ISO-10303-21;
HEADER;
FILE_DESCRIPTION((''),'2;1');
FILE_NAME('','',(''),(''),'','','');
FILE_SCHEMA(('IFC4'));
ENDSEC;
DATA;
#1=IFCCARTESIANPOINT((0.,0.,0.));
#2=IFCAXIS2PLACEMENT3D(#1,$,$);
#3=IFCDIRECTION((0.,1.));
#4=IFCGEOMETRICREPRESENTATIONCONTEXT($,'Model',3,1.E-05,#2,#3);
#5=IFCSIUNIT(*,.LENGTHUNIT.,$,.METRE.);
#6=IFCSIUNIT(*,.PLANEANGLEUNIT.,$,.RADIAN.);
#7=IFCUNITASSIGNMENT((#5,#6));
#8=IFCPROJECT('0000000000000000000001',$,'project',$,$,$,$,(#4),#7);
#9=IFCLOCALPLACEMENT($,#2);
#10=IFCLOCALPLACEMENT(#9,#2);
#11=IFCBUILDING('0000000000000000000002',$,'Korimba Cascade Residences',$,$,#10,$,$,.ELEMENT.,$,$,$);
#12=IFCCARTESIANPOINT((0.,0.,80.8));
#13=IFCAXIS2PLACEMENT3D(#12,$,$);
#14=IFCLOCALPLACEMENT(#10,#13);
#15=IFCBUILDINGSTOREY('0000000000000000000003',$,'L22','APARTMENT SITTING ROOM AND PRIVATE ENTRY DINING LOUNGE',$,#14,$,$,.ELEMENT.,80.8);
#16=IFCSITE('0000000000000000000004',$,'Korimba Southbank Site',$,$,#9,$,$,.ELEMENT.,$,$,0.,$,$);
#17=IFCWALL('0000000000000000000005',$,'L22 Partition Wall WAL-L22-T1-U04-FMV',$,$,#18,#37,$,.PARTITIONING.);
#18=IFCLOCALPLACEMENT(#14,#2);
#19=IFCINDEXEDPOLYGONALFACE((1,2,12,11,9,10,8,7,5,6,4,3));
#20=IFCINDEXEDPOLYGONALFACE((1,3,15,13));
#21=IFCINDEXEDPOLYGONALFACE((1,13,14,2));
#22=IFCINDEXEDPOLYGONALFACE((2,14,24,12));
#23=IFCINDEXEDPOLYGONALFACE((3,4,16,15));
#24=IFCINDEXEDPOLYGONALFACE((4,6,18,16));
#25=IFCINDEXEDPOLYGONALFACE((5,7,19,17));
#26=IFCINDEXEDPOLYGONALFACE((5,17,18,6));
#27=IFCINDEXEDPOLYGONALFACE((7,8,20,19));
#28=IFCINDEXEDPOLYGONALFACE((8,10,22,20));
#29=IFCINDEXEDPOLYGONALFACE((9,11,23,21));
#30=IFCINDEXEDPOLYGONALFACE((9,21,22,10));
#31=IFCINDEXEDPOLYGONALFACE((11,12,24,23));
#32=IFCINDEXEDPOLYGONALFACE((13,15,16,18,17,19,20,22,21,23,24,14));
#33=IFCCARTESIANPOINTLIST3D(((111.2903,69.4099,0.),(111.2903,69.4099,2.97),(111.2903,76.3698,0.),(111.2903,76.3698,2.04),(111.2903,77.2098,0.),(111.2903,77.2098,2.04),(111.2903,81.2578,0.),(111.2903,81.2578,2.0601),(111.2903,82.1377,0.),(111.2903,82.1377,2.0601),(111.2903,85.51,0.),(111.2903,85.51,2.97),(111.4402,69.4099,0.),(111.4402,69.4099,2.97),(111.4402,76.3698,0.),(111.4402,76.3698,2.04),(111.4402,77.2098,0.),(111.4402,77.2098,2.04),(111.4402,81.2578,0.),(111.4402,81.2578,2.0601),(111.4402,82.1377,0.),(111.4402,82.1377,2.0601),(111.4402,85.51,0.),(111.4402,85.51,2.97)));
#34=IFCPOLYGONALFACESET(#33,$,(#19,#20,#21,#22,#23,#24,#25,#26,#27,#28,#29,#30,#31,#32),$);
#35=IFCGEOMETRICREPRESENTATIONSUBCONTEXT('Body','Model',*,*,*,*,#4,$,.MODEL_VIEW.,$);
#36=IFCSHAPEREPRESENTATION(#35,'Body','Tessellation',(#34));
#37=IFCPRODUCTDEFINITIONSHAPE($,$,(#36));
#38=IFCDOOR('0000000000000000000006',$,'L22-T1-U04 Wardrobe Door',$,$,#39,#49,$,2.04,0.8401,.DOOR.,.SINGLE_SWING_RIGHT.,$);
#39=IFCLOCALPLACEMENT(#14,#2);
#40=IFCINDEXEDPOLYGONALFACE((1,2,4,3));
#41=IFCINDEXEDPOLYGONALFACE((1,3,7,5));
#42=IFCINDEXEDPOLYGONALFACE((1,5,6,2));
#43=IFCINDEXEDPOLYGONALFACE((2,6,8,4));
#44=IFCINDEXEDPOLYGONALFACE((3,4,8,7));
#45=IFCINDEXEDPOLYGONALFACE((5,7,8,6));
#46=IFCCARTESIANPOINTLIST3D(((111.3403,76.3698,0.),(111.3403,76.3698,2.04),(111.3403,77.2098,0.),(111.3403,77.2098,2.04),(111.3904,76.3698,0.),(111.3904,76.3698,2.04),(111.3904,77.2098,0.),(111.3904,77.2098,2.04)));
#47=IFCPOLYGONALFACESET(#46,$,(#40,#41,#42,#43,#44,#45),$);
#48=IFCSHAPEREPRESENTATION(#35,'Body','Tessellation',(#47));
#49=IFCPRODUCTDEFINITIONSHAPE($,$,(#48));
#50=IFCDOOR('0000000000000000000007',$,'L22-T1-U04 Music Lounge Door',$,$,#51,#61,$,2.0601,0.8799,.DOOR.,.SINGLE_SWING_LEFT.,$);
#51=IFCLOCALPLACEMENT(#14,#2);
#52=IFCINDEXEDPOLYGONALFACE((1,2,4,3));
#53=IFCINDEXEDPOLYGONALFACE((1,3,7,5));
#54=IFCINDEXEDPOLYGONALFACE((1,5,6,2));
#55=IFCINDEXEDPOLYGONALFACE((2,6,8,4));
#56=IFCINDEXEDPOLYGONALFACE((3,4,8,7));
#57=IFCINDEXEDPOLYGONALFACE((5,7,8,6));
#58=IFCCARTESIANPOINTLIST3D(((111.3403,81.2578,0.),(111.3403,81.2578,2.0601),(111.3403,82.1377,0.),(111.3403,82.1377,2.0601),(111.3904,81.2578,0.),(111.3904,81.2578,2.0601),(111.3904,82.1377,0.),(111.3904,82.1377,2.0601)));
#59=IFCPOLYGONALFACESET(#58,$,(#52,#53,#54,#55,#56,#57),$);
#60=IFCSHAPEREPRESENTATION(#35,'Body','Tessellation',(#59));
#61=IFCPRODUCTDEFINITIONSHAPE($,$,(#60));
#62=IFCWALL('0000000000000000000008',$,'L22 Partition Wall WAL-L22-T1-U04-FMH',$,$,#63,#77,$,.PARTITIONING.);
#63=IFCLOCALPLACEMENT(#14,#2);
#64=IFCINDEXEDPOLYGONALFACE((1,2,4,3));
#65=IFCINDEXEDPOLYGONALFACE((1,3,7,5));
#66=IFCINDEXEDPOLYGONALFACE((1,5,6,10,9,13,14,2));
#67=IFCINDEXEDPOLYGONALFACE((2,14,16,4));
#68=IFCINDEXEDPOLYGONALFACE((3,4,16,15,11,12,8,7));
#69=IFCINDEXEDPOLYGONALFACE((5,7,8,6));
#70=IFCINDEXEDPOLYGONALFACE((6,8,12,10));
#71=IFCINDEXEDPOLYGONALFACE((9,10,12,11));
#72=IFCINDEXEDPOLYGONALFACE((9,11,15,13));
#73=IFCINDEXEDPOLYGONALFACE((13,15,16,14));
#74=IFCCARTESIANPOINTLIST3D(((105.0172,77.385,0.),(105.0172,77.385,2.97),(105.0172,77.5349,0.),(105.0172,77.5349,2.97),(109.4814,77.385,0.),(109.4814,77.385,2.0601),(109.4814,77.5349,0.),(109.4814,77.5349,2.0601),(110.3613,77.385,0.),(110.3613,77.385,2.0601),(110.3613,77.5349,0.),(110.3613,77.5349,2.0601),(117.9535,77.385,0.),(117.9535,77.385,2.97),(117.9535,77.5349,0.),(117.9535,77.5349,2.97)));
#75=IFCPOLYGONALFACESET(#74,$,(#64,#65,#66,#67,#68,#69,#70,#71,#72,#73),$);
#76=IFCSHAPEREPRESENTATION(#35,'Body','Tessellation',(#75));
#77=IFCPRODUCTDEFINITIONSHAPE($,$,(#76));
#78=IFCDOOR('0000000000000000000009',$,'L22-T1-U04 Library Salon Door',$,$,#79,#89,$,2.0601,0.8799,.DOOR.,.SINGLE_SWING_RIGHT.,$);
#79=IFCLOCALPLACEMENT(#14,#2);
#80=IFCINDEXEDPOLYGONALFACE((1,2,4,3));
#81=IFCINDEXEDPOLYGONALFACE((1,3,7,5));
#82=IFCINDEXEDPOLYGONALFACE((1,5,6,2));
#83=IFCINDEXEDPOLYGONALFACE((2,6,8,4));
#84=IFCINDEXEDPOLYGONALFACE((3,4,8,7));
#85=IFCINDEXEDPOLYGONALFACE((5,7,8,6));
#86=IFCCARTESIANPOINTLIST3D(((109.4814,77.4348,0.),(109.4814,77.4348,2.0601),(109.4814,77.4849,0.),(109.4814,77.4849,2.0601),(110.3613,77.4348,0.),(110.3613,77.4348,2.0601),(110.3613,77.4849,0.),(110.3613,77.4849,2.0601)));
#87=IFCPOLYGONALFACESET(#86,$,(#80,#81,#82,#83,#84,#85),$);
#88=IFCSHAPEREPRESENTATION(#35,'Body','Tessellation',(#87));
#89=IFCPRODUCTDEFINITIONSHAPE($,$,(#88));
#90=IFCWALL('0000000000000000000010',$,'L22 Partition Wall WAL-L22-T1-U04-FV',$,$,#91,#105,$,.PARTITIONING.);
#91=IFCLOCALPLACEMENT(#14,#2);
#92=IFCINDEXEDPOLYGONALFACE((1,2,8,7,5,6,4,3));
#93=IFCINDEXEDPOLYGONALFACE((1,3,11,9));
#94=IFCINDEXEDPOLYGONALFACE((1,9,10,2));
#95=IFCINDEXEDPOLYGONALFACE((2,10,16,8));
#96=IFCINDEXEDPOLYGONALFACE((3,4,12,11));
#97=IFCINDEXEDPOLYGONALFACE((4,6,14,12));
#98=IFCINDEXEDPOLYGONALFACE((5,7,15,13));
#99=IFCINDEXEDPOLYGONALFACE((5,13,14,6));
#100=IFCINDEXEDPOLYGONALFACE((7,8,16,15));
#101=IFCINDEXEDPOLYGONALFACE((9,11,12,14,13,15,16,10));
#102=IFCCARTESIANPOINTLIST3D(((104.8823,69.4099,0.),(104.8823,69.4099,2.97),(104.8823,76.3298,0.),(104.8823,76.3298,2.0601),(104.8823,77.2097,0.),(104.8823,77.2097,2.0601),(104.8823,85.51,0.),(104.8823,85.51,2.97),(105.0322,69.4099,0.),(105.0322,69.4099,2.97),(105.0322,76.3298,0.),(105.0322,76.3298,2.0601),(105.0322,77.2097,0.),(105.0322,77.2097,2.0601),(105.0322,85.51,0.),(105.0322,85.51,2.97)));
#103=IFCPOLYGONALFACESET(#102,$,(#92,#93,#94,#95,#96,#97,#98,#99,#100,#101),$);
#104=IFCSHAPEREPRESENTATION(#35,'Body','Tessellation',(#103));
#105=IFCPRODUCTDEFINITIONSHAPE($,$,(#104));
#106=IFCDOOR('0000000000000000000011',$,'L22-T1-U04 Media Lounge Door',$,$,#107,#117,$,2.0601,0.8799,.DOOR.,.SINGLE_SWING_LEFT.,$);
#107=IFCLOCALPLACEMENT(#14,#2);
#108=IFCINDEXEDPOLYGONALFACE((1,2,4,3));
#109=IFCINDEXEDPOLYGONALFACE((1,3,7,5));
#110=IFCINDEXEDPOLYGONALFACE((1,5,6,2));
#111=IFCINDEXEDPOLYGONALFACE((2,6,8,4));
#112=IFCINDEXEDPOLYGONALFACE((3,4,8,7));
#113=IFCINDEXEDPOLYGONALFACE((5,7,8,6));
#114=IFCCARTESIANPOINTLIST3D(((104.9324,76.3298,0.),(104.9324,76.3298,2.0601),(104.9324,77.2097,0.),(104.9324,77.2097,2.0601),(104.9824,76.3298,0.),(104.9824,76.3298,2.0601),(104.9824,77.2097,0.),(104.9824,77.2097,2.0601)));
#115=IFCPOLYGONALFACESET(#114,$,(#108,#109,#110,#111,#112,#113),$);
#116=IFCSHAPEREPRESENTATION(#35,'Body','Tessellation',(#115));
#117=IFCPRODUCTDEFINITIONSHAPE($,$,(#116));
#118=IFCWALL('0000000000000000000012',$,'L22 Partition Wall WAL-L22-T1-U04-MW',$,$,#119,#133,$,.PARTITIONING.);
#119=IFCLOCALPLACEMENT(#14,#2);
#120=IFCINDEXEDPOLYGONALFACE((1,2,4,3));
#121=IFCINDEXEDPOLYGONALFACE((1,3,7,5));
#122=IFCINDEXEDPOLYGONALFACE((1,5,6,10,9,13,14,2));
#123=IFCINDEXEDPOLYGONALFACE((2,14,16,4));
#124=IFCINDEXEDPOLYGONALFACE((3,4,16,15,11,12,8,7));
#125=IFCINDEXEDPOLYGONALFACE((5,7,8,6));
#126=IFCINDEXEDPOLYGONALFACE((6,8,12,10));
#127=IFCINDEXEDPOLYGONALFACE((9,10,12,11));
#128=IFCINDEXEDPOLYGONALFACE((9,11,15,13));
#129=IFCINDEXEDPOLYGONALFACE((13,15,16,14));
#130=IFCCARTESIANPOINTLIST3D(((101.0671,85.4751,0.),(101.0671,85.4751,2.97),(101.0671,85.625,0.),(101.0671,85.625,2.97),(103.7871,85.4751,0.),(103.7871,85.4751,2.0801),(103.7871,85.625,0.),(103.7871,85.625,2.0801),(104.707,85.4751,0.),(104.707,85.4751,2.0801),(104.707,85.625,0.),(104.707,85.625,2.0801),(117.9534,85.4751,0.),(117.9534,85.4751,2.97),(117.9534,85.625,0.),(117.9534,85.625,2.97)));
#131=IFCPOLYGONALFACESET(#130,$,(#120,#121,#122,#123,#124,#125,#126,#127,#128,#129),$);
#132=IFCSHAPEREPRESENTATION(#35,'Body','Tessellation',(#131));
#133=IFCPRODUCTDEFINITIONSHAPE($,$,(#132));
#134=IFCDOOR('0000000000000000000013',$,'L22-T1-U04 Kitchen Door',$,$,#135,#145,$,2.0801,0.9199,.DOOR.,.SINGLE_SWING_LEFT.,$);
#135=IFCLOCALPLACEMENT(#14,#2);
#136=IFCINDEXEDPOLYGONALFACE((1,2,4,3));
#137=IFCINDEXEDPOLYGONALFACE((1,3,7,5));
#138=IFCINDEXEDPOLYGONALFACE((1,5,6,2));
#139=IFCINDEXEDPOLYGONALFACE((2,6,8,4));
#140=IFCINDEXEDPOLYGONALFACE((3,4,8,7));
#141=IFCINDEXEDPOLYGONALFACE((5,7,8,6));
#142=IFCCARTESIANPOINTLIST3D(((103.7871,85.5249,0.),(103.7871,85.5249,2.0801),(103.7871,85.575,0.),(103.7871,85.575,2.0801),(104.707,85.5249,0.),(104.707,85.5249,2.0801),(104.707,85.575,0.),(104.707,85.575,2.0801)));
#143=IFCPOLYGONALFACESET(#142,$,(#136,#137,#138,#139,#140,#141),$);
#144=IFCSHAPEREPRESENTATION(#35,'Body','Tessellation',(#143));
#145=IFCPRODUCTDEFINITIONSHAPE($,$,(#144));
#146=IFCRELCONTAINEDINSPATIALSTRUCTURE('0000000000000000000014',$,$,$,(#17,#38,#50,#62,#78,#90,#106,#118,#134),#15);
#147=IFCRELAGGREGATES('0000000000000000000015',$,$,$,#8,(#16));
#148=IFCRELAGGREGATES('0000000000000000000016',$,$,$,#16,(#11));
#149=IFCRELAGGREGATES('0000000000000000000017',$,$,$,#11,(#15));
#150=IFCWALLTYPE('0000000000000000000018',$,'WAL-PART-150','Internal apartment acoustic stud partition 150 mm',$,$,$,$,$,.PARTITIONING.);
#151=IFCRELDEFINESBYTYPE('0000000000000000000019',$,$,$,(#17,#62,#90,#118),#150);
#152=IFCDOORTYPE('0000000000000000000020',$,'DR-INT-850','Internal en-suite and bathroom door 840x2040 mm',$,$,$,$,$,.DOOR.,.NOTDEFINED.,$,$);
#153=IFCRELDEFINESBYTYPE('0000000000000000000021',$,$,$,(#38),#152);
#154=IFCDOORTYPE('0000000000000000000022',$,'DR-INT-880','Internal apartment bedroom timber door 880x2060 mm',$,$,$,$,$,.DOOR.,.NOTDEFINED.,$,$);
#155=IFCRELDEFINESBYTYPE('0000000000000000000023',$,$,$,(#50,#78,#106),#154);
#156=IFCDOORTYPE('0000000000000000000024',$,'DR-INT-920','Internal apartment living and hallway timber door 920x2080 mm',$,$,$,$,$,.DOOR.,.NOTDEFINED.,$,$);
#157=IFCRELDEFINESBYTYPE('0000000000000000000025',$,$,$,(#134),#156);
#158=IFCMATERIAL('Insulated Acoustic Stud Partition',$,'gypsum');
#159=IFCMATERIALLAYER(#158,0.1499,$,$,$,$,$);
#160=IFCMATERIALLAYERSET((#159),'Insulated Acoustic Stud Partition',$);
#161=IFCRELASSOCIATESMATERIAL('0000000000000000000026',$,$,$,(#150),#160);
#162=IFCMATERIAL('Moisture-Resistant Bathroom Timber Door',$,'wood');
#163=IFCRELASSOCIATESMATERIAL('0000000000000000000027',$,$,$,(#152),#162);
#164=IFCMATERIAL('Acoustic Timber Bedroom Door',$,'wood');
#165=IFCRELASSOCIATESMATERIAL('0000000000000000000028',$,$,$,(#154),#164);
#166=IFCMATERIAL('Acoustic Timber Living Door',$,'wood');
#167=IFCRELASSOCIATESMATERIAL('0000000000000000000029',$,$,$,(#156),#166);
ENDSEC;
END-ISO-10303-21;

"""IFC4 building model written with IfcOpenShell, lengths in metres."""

from ifc_helpers import new_model, si_unit, direction, frame, frame_2d, origin, place, context, subcontext, project, spatial, rectangle, extrude, material, layer, layer_set, type_object, element, fill, save


model = new_model("IFC4")

# Units and contexts
model_context = context("Model", 3, precision=1e-05, world=origin(), true_north=direction((0.0, 1.0)))
body_context = subcontext(model_context, "Body", "Model", "MODEL_VIEW")
ifc_project = project(units=[si_unit("LENGTHUNIT", "METRE"), si_unit("PLANEANGLEUNIT", "RADIAN")], contexts=[model_context])

# Site, building, storey
site_placement = place(None, origin())
site = spatial("IfcSite", under=ifc_project, at=site_placement, Name="Korimba Southbank Site", CompositionType="ELEMENT", RefElevation=0.0)
building_placement = place(site_placement, origin())
building = spatial("IfcBuilding", under=site, at=building_placement, Name="Korimba Cascade Residences", CompositionType="ELEMENT")
storey_placement = place(building_placement, frame((0.0, 0.0, 80.8)))
storey = spatial("IfcBuildingStorey", under=building, at=storey_placement, Name="L22", Description="APARTMENT SITTING ROOM AND PRIVATE ENTRY DINING LOUNGE", CompositionType="ELEMENT", Elevation=80.8)

# Shared definitions
ifc_material_1 = material(Name="Insulated Acoustic Stud Partition", Category="gypsum")
ifc_layer_1 = layer(ifc_material_1, 0.1499)
ifc_layer_set_1 = layer_set([ifc_layer_1], Name="Insulated Acoustic Stud Partition")
wall_type_1 = type_object("IfcWallType", Name="WAL-PART-150", Description="Internal apartment acoustic stud partition 150 mm", PredefinedType="PARTITIONING", material=ifc_layer_set_1)
ifc_material_2 = material(Name="Moisture-Resistant Bathroom Timber Door", Category="wood")
door_type_1 = type_object("IfcDoorType", Name="DR-INT-850", Description="Internal en-suite and bathroom door 840x2040 mm", OperationType="NOTDEFINED", PredefinedType="DOOR", material=ifc_material_2)

# Wall, openings, doors
ifc_material_3 = material(Name="Acoustic Timber Bedroom Door", Category="wood")
door_type_2 = type_object("IfcDoorType", Name="DR-INT-880", Description="Internal apartment bedroom timber door 880x2060 mm", OperationType="NOTDEFINED", PredefinedType="DOOR", material=ifc_material_3)
wall_1_placement = place(storey_placement, frame((111.3652, 69.4099, 0.0), z_axis=(0.0, 0.0, 1.0), x_axis=(0.0, 1.0, 0.0)))
wall_1 = element("IfcWall", 1, at=wall_1_placement, inside=storey, type_object=wall_type_1, Name="L22 Partition Wall WAL-L22-T1-U04-FMV", PredefinedType="PARTITIONING", context=body_context, shape_type="SweptSolid", body=[
    extrude(rectangle(XDim=16.1001, YDim=0.1499, at=frame_2d((8.05, 0.0))), origin(), (0.0, 0.0, 1.0), 2.97),
])
opening_1_placement = place(wall_1_placement, frame((6.96, 0.0, 0.0)))
opening_1 = element("IfcOpeningElement", 2, at=opening_1_placement, cuts=wall_1, PredefinedType="OPENING", context=body_context, shape_type="SweptSolid", body=[
    extrude(rectangle(XDim=0.8401, YDim=2.04, at=frame_2d((0.4199, 1.02))), frame((0.0, 0.085, 0.0), z_axis=(0.0, -1.0, 0.0), x_axis=(1.0, 0.0, 0.0)), (0.0, 0.0, 1.0), 0.1699),
])
opening_2_placement = place(wall_1_placement, frame((11.8479, 0.0, 0.0)))
opening_2 = element("IfcOpeningElement", 3, at=opening_2_placement, cuts=wall_1, PredefinedType="OPENING", context=body_context, shape_type="SweptSolid", body=[
    extrude(rectangle(XDim=0.8799, YDim=2.0601, at=frame_2d((0.4399, 1.03))), frame((0.0, 0.085, 0.0), z_axis=(0.0, -1.0, 0.0), x_axis=(1.0, 0.0, 0.0)), (0.0, 0.0, 1.0), 0.1699),
])
door_1_placement = place(opening_1_placement, origin())
door_1 = element("IfcDoor", 4, at=door_1_placement, inside=storey, type_object=door_type_1, Name="L22-T1-U04 Wardrobe Door", OperationType="SINGLE_SWING_RIGHT", OverallHeight=2.04, OverallWidth=0.8401, PredefinedType="DOOR", context=body_context, shape_type="SweptSolid", body=[
    extrude(rectangle(XDim=0.8401, YDim=2.04, at=frame_2d((0.4199, 1.02))), frame((0.0, 0.0249, 0.0), z_axis=(0.0, -1.0, 0.0), x_axis=(1.0, 0.0, 0.0)), (0.0, 0.0, 1.0), 0.05),
])
fill(opening_1, door_1)
door_2_placement = place(opening_2_placement, origin())
door_2 = element("IfcDoor", 5, at=door_2_placement, inside=storey, type_object=door_type_2, Name="L22-T1-U04 Music Lounge Door", OperationType="SINGLE_SWING_LEFT", OverallHeight=2.0601, OverallWidth=0.8799, PredefinedType="DOOR", context=body_context, shape_type="SweptSolid", body=[
    extrude(rectangle(XDim=0.8799, YDim=2.0601, at=frame_2d((0.4399, 1.03))), frame((0.0, 0.0249, 0.0), z_axis=(0.0, -1.0, 0.0), x_axis=(1.0, 0.0, 0.0)), (0.0, 0.0, 1.0), 0.05),
])
fill(opening_2, door_2)

# Walls, openings, doors
wall_2_placement = place(storey_placement, frame((105.0171, 77.46, 0.0), z_axis=(0.0, 0.0, 1.0), x_axis=(1.0, 0.0, 0.0)))
wall_2 = element("IfcWall", 6, at=wall_2_placement, inside=storey, type_object=wall_type_1, Name="L22 Partition Wall WAL-L22-T1-U04-FMH", PredefinedType="PARTITIONING", context=body_context, shape_type="SweptSolid", body=[
    extrude(rectangle(XDim=12.9363, YDim=0.1499, at=frame_2d((6.4683, 0.0))), origin(), (0.0, 0.0, 1.0), 2.97),
])
opening_3_placement = place(wall_2_placement, frame((4.4644, 0.0, 0.0)))
opening_3 = element("IfcOpeningElement", 7, at=opening_3_placement, cuts=wall_2, PredefinedType="OPENING", context=body_context, shape_type="SweptSolid", body=[
    extrude(rectangle(XDim=0.8799, YDim=2.0601, at=frame_2d((0.4399, 1.03))), frame((0.0, 0.085, 0.0), z_axis=(0.0, -1.0, 0.0), x_axis=(1.0, 0.0, 0.0)), (0.0, 0.0, 1.0), 0.1699),
])
door_3_placement = place(opening_3_placement, origin())
door_3 = element("IfcDoor", 8, at=door_3_placement, inside=storey, type_object=door_type_2, Name="L22-T1-U04 Library Salon Door", OperationType="SINGLE_SWING_RIGHT", OverallHeight=2.0601, OverallWidth=0.8799, PredefinedType="DOOR", context=body_context, shape_type="SweptSolid", body=[
    extrude(rectangle(XDim=0.8799, YDim=2.0601, at=frame_2d((0.4399, 1.03))), frame((0.0, 0.0249, 0.0), z_axis=(0.0, -1.0, 0.0), x_axis=(1.0, 0.0, 0.0)), (0.0, 0.0, 1.0), 0.05),
])
fill(opening_3, door_3)
wall_3_placement = place(storey_placement, frame((104.9573, 69.4099, 0.0), z_axis=(0.0, 0.0, 1.0), x_axis=(0.0, 1.0, 0.0)))
wall_3 = element("IfcWall", 9, at=wall_3_placement, inside=storey, type_object=wall_type_1, Name="L22 Partition Wall WAL-L22-T1-U04-FV", PredefinedType="PARTITIONING", context=body_context, shape_type="SweptSolid", body=[
    extrude(rectangle(XDim=16.1001, YDim=0.1499, at=frame_2d((8.05, 0.0))), origin(), (0.0, 0.0, 1.0), 2.97),
])
opening_4_placement = place(wall_3_placement, frame((6.9199, 0.0, 0.0)))
opening_4 = element("IfcOpeningElement", 10, at=opening_4_placement, cuts=wall_3, PredefinedType="OPENING", context=body_context, shape_type="SweptSolid", body=[
    extrude(rectangle(XDim=0.8799, YDim=2.0601, at=frame_2d((0.4399, 1.03))), frame((0.0, 0.085, 0.0), z_axis=(0.0, -1.0, 0.0), x_axis=(1.0, 0.0, 0.0)), (0.0, 0.0, 1.0), 0.1699),
])
door_4_placement = place(opening_4_placement, origin())
door_4 = element("IfcDoor", 11, at=door_4_placement, inside=storey, type_object=door_type_2, Name="L22-T1-U04 Media Lounge Door", OperationType="SINGLE_SWING_LEFT", OverallHeight=2.0601, OverallWidth=0.8799, PredefinedType="DOOR", context=body_context, shape_type="SweptSolid", body=[
    extrude(rectangle(XDim=0.8799, YDim=2.0601, at=frame_2d((0.4399, 1.03))), frame((0.0, 0.0249, 0.0), z_axis=(0.0, -1.0, 0.0), x_axis=(1.0, 0.0, 0.0)), (0.0, 0.0, 1.0), 0.05),
])
fill(opening_4, door_4)
wall_4_placement = place(storey_placement, frame((101.0671, 85.55, 0.0), z_axis=(0.0, 0.0, 1.0), x_axis=(1.0, 0.0, 0.0)))
wall_4 = element("IfcWall", 12, at=wall_4_placement, inside=storey, type_object=wall_type_1, Name="L22 Partition Wall WAL-L22-T1-U04-MW", PredefinedType="PARTITIONING", context=body_context, shape_type="SweptSolid", body=[
    extrude(rectangle(XDim=16.8862, YDim=0.1499, at=frame_2d((8.4431, 0.0))), origin(), (0.0, 0.0, 1.0), 2.97),
])
opening_5_placement = place(wall_4_placement, frame((2.72, 0.0, 0.0)))
opening_5 = element("IfcOpeningElement", 13, at=opening_5_placement, cuts=wall_4, PredefinedType="OPENING", context=body_context, shape_type="SweptSolid", body=[
    extrude(rectangle(XDim=0.9199, YDim=2.0801, at=frame_2d((0.46, 1.04))), frame((0.0, 0.085, 0.0), z_axis=(0.0, -1.0, 0.0), x_axis=(1.0, 0.0, 0.0)), (0.0, 0.0, 1.0), 0.1699),
])
ifc_material_4 = material(Name="Acoustic Timber Living Door", Category="wood")
door_type_3 = type_object("IfcDoorType", Name="DR-INT-920", Description="Internal apartment living and hallway timber door 920x2080 mm", OperationType="NOTDEFINED", PredefinedType="DOOR", material=ifc_material_4)
door_5_placement = place(opening_5_placement, origin())
door_5 = element("IfcDoor", 14, at=door_5_placement, inside=storey, type_object=door_type_3, Name="L22-T1-U04 Kitchen Door", OperationType="SINGLE_SWING_LEFT", OverallHeight=2.0801, OverallWidth=0.9199, PredefinedType="DOOR", context=body_context, shape_type="SweptSolid", body=[
    extrude(rectangle(XDim=0.9199, YDim=2.0801, at=frame_2d((0.46, 1.04))), frame((0.0, 0.0249, 0.0), z_axis=(0.0, -1.0, 0.0), x_axis=(1.0, 0.0, 0.0)), (0.0, 0.0, 1.0), 0.05),
])
fill(opening_5, door_5)

save(model, "model.ifc")
